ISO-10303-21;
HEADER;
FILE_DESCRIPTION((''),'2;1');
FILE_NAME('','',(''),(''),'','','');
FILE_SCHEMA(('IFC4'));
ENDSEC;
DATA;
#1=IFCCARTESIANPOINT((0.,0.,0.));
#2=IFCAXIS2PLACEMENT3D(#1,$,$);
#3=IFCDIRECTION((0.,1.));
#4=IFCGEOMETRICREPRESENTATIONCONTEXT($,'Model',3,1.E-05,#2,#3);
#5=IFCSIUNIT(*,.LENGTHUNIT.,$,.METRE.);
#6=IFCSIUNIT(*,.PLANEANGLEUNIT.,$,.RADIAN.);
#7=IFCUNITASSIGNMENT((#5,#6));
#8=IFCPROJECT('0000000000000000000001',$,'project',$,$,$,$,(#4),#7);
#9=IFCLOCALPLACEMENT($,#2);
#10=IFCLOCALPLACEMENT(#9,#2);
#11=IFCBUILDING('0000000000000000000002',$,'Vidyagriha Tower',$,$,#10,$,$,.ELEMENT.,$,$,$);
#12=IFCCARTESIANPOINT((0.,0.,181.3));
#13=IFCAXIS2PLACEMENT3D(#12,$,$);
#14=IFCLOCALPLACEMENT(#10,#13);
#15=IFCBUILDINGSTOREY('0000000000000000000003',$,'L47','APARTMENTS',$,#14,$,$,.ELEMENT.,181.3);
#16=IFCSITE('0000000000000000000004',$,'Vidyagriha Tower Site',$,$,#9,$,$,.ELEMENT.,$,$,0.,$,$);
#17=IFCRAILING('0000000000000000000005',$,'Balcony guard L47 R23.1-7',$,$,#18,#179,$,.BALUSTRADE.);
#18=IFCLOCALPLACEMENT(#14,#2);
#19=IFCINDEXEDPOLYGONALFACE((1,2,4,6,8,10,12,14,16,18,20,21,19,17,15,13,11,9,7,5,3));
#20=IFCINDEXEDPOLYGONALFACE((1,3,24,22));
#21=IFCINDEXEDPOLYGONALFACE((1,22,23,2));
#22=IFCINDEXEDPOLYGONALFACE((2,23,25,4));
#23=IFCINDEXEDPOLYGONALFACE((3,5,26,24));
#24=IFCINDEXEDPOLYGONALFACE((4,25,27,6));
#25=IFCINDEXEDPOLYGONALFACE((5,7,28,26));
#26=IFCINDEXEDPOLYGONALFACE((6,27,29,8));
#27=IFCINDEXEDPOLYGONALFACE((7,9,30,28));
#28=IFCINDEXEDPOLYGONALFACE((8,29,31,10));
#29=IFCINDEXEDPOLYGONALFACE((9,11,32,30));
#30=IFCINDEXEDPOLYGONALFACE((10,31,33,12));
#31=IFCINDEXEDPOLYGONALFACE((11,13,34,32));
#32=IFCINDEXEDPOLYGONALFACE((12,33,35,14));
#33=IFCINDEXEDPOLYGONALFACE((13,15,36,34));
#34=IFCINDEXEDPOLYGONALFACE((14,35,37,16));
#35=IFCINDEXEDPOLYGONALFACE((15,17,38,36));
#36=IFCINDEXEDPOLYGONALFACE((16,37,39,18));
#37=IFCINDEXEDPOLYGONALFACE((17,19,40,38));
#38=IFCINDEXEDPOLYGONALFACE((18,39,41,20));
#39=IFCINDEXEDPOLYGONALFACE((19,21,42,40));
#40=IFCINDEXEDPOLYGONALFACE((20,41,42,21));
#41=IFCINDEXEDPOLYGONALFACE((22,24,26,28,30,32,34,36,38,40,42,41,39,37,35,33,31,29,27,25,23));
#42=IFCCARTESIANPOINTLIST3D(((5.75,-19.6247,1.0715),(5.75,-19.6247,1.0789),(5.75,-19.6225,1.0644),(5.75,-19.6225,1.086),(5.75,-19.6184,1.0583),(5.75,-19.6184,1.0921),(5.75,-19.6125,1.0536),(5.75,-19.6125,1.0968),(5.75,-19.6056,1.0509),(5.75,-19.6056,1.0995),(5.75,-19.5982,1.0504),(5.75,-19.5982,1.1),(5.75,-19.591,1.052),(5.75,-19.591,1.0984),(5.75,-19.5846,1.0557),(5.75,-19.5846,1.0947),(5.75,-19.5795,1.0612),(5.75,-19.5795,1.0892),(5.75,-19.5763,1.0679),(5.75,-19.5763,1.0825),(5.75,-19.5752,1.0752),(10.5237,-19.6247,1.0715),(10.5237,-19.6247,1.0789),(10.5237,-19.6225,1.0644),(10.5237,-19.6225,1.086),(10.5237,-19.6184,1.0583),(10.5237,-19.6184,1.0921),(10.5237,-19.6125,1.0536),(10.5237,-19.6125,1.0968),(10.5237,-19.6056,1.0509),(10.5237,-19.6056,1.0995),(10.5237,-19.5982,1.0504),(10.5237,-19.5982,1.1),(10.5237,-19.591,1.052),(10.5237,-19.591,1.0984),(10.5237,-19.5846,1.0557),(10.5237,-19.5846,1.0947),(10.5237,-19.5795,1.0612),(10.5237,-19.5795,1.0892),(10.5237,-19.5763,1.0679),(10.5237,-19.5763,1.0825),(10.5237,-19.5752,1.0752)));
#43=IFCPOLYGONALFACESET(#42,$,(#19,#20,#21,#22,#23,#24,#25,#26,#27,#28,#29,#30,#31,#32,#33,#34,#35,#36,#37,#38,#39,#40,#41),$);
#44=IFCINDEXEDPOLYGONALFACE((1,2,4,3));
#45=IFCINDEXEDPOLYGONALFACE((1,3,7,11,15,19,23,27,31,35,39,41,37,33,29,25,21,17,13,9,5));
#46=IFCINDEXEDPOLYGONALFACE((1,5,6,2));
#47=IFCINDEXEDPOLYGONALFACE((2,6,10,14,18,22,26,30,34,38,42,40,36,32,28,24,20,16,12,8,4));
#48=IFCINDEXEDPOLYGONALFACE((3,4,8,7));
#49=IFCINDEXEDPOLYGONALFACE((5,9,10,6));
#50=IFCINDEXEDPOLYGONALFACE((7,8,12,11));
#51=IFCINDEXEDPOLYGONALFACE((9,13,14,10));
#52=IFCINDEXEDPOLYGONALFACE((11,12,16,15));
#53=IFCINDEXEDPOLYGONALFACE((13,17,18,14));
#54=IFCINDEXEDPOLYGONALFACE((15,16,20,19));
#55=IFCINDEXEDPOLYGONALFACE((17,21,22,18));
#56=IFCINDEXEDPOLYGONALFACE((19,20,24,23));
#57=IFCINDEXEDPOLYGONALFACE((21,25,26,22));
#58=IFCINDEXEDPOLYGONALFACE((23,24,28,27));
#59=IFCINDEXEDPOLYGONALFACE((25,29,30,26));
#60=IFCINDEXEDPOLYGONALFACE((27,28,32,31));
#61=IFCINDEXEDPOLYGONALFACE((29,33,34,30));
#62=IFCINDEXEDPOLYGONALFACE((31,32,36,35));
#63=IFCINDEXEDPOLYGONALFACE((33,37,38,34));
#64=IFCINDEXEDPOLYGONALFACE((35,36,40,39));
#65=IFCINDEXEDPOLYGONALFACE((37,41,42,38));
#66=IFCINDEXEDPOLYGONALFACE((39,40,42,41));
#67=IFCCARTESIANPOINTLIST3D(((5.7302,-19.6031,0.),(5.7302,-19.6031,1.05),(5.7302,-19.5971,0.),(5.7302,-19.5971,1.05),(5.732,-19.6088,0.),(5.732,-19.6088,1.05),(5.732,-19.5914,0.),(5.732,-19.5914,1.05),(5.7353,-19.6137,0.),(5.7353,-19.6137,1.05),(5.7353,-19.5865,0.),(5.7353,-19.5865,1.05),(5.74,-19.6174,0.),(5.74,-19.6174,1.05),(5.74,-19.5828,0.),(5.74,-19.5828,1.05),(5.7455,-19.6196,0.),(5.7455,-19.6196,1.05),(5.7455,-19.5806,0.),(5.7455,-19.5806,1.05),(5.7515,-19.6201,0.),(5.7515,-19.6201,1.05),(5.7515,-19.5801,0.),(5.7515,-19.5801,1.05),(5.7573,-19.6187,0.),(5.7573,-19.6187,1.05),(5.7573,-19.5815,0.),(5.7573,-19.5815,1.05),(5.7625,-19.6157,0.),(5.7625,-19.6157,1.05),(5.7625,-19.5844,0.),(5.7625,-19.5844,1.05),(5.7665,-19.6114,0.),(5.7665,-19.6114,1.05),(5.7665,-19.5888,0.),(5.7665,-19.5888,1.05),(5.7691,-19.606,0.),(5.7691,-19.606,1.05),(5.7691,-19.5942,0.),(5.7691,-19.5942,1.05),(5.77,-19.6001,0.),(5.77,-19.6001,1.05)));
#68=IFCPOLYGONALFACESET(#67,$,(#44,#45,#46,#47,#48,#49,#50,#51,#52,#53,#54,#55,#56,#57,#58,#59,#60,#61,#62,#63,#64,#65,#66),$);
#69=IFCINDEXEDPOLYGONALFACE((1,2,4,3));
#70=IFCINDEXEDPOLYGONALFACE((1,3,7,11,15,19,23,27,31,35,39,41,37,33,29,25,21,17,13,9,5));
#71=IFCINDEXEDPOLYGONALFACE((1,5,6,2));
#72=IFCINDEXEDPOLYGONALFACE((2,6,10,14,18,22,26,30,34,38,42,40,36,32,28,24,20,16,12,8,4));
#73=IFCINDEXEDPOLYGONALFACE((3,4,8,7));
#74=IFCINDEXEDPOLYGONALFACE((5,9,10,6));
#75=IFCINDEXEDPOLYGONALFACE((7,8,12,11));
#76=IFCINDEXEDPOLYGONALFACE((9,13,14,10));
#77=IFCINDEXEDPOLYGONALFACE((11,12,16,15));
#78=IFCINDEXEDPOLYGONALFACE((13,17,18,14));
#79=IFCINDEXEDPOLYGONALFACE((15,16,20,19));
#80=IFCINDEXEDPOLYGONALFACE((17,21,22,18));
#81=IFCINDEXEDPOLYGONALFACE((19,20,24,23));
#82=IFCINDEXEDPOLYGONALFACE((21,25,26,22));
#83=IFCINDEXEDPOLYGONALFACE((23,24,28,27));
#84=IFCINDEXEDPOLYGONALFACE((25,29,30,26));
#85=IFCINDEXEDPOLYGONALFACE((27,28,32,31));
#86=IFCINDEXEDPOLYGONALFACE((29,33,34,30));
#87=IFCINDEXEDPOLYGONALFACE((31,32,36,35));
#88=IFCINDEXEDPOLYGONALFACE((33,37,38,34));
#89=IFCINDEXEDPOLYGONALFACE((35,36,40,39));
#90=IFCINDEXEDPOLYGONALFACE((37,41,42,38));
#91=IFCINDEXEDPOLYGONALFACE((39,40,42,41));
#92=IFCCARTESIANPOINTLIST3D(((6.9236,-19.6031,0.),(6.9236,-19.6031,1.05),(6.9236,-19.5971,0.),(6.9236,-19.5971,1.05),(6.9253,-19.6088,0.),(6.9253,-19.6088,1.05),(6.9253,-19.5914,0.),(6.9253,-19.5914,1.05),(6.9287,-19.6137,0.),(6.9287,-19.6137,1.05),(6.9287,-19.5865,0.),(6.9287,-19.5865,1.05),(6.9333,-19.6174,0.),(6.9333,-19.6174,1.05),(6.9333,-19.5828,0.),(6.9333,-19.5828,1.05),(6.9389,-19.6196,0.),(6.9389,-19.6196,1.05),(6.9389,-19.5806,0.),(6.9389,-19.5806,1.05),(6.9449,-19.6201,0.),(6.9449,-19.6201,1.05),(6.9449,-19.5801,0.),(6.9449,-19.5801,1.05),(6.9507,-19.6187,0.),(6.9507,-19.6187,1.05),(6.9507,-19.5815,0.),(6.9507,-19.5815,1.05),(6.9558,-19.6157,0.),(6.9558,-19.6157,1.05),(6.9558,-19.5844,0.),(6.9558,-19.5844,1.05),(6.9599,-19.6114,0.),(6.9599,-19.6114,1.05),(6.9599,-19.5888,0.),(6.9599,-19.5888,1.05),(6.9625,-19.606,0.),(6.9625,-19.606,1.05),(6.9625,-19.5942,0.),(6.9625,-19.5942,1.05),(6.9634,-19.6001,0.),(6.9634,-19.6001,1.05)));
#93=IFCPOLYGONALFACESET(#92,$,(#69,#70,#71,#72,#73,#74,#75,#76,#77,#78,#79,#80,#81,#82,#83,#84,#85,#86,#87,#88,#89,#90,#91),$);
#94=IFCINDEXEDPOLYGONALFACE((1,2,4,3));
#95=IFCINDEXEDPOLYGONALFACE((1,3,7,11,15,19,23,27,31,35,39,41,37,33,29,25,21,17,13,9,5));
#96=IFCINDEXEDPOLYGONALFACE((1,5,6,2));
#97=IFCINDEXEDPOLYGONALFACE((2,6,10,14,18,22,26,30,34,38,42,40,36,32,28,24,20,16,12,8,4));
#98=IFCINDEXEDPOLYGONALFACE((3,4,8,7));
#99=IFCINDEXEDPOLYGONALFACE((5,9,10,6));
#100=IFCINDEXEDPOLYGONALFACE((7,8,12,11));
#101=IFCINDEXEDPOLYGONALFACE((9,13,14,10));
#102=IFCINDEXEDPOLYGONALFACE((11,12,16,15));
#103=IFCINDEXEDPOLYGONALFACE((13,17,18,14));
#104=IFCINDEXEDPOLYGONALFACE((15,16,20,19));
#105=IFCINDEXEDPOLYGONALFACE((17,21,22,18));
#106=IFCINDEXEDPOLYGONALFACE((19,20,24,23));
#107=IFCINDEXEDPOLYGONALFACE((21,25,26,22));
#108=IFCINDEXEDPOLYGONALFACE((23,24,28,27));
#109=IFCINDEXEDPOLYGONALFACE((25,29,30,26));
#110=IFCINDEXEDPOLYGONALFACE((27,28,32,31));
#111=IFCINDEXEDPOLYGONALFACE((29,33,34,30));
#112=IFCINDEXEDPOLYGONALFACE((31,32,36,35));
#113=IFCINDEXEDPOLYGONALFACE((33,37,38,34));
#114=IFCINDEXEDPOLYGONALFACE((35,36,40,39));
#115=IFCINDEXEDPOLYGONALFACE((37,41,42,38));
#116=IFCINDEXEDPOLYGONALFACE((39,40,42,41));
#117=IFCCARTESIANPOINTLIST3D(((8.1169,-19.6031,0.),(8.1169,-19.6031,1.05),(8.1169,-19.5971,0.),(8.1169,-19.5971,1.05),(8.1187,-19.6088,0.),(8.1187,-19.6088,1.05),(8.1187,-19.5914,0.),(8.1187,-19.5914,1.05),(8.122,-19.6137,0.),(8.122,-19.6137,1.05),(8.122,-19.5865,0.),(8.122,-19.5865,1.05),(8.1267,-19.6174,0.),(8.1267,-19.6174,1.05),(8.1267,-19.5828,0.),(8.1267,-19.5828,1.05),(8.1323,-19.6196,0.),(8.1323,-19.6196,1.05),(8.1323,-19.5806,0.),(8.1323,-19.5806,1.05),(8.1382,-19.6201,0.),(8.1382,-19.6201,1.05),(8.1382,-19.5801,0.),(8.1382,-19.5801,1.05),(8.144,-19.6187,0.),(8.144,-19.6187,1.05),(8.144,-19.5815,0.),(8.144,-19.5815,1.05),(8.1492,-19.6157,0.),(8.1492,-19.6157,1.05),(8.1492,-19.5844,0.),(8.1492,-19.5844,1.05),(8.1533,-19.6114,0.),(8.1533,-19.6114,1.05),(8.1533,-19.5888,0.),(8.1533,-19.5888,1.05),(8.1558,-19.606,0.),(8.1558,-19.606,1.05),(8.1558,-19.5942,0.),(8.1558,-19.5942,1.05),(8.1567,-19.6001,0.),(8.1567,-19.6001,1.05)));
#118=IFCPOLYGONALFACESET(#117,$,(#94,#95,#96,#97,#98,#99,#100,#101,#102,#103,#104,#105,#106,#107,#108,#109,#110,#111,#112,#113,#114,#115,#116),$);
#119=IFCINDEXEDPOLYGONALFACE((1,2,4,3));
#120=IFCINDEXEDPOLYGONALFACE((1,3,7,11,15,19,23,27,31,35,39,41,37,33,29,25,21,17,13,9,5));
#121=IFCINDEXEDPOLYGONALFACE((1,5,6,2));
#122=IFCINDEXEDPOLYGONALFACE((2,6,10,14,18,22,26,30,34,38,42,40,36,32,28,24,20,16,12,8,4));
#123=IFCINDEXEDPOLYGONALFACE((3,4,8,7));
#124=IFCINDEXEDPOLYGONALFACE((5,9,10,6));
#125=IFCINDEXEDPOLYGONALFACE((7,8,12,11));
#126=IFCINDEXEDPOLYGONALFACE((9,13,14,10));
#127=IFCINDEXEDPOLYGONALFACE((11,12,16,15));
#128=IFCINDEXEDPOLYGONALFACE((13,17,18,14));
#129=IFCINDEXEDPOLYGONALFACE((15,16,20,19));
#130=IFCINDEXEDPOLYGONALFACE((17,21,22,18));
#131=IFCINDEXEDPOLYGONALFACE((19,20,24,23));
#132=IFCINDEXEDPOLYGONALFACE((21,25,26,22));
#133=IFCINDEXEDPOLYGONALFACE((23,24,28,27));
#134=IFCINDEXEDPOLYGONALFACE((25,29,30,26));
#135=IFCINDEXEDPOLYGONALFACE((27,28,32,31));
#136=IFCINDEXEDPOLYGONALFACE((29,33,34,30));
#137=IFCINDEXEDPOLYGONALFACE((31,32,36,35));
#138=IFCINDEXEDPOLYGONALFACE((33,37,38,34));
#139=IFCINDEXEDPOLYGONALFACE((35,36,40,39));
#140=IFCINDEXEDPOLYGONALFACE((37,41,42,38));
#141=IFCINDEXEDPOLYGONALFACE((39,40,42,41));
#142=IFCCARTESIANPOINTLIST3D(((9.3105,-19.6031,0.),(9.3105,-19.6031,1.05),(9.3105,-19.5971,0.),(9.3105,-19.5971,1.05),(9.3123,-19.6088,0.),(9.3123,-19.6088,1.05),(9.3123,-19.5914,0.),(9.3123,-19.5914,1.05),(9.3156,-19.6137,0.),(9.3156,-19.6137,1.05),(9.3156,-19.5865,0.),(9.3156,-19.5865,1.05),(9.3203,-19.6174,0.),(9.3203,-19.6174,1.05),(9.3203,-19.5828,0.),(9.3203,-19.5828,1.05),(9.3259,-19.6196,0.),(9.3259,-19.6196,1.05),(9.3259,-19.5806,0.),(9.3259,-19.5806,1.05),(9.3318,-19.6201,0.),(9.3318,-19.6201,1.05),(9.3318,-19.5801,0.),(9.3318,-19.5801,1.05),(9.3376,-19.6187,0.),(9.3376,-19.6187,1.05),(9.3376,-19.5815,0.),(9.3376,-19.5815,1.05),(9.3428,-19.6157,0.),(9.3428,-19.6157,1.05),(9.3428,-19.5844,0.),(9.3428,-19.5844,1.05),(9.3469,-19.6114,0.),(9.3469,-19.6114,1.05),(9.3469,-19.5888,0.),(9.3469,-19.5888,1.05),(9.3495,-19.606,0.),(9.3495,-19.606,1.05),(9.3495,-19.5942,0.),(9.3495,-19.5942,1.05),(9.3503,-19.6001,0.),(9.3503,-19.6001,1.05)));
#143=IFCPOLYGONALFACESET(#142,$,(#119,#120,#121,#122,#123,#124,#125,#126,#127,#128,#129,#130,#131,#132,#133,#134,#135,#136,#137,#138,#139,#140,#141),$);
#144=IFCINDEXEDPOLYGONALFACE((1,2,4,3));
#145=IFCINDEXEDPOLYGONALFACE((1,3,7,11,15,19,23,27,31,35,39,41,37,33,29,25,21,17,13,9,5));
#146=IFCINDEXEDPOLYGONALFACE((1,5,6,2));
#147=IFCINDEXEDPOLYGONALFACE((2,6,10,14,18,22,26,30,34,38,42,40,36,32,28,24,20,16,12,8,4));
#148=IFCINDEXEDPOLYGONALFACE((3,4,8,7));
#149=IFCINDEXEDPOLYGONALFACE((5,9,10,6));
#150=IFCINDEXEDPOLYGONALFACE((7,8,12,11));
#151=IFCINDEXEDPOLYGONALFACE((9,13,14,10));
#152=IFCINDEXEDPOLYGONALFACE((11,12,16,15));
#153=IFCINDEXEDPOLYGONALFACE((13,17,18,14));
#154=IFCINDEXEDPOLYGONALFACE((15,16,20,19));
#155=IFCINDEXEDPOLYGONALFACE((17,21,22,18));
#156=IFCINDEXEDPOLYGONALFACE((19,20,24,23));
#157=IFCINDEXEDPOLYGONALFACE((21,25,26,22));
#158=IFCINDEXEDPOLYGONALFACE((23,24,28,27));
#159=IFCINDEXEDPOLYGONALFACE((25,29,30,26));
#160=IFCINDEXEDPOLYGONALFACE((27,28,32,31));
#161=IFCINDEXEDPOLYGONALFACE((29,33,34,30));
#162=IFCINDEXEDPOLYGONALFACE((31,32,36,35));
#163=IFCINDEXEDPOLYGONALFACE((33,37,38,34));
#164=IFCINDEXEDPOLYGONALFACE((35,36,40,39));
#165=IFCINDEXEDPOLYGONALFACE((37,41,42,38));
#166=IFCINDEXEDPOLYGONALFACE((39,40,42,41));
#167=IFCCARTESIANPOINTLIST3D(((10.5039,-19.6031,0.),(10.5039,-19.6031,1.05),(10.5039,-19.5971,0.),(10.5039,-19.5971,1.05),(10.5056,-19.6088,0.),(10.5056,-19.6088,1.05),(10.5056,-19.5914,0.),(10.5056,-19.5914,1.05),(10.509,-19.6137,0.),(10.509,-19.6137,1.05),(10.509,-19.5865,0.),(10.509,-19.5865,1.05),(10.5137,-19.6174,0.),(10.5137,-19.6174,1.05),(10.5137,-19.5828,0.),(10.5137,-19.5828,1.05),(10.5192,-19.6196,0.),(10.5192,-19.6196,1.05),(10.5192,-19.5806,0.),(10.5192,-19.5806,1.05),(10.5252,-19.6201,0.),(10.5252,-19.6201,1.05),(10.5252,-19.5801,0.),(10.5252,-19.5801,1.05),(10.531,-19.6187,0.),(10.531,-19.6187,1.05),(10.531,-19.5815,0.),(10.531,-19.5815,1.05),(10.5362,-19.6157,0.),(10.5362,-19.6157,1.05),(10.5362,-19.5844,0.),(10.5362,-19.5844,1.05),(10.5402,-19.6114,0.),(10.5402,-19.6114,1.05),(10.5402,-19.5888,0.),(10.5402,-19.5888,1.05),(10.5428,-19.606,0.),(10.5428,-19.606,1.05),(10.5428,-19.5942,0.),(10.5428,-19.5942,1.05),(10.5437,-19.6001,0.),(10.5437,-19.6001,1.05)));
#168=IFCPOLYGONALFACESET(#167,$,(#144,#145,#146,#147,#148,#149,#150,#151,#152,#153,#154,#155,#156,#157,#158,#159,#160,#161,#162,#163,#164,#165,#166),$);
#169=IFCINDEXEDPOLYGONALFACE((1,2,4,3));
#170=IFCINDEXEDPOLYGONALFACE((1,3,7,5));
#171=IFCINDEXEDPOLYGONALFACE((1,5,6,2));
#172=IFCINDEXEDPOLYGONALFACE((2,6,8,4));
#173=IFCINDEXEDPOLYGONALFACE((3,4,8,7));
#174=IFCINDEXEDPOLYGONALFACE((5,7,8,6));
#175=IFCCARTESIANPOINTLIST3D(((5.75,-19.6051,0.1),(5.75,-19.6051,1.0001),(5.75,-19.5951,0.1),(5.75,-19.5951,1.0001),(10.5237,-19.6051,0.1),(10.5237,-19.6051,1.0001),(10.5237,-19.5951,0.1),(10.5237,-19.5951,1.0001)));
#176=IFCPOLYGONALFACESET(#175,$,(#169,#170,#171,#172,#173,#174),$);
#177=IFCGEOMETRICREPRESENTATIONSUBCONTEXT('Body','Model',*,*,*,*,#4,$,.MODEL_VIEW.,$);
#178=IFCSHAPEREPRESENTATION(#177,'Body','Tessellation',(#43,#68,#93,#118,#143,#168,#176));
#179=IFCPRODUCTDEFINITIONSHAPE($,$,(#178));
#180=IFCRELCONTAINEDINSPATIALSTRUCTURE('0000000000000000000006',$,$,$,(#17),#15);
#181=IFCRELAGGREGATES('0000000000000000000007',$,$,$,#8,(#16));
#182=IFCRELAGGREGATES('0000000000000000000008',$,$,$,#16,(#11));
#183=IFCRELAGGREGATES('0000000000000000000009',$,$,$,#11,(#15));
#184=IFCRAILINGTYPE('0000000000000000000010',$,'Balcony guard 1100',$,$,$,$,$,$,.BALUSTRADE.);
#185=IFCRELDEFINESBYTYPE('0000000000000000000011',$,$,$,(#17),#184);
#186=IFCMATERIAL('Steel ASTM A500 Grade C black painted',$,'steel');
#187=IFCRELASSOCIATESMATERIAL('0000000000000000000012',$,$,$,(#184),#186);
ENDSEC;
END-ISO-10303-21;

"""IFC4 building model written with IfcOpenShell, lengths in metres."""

from ifc_helpers import new_model, si_unit, direction, frame, origin, origin_2d, place, context, subcontext, project, spatial, rectangle, circle, extrude, material, type_object, element, save


model = new_model("IFC4")

# Units and contexts
model_context = context("Model", 3, precision=1e-05, world=origin(), true_north=direction((0.0, 1.0)))
body_context = subcontext(model_context, "Body", "Model", "MODEL_VIEW")
ifc_project = project(units=[si_unit("LENGTHUNIT", "METRE"), si_unit("PLANEANGLEUNIT", "RADIAN")], contexts=[model_context])

# Site, building, storey
site_placement = place(None, origin())
site = spatial("IfcSite", under=ifc_project, at=site_placement, Name="Vidyagriha Tower Site", CompositionType="ELEMENT", RefElevation=0.0)
building_placement = place(site_placement, origin())
building = spatial("IfcBuilding", under=site, at=building_placement, Name="Vidyagriha Tower", CompositionType="ELEMENT")
storey_placement = place(building_placement, frame((0.0, 0.0, 181.3)))
storey = spatial("IfcBuildingStorey", under=building, at=storey_placement, Name="L47", Description="APARTMENTS", CompositionType="ELEMENT", Elevation=181.3)

# Railing
ifc_material_1 = material(Name="Steel ASTM A500 Grade C black painted", Category="steel")
railing_type = type_object("IfcRailingType", Name="Balcony guard 1100", PredefinedType="BALUSTRADE", material=ifc_material_1)
railing_1_placement = place(storey_placement, frame((5.75, -19.6001, 0.0)))
element("IfcRailing", 1, at=railing_1_placement, inside=storey, type_object=railing_type, Name="Balcony guard L47 R23.1-7", PredefinedType="BALUSTRADE", context=body_context, shape_type="SweptSolid", body=[
    extrude(circle(Radius=0.0249, at=origin_2d()), frame((0.0, 0.0, 1.0752), z_axis=(1.0, 0.0, 0.0), x_axis=(0.0, 1.0, 0.0)), (0.0, 0.0, 1.0), 4.7737),
    extrude(circle(Radius=0.02, at=origin_2d()), origin(), (0.0, 0.0, 1.0), 1.05),
    extrude(circle(Radius=0.02, at=origin_2d()), frame((1.1934, 0.0, 0.0)), (0.0, 0.0, 1.0), 1.05),
    extrude(circle(Radius=0.02, at=origin_2d()), frame((2.3867, 0.0, 0.0)), (0.0, 0.0, 1.0), 1.05),
    extrude(circle(Radius=0.02, at=origin_2d()), frame((3.5803, 0.0, 0.0)), (0.0, 0.0, 1.0), 1.05),
    extrude(circle(Radius=0.02, at=origin_2d()), frame((4.7737, 0.0, 0.0)), (0.0, 0.0, 1.0), 1.05),
    extrude(rectangle(XDim=0.01, YDim=0.9001, at=origin_2d()), frame((0.0, 0.0, 0.55), z_axis=(1.0, 0.0, 0.0), x_axis=(0.0, 1.0, 0.0)), (0.0, 0.0, 1.0), 4.7737),
])

save(model, "model.ifc")
